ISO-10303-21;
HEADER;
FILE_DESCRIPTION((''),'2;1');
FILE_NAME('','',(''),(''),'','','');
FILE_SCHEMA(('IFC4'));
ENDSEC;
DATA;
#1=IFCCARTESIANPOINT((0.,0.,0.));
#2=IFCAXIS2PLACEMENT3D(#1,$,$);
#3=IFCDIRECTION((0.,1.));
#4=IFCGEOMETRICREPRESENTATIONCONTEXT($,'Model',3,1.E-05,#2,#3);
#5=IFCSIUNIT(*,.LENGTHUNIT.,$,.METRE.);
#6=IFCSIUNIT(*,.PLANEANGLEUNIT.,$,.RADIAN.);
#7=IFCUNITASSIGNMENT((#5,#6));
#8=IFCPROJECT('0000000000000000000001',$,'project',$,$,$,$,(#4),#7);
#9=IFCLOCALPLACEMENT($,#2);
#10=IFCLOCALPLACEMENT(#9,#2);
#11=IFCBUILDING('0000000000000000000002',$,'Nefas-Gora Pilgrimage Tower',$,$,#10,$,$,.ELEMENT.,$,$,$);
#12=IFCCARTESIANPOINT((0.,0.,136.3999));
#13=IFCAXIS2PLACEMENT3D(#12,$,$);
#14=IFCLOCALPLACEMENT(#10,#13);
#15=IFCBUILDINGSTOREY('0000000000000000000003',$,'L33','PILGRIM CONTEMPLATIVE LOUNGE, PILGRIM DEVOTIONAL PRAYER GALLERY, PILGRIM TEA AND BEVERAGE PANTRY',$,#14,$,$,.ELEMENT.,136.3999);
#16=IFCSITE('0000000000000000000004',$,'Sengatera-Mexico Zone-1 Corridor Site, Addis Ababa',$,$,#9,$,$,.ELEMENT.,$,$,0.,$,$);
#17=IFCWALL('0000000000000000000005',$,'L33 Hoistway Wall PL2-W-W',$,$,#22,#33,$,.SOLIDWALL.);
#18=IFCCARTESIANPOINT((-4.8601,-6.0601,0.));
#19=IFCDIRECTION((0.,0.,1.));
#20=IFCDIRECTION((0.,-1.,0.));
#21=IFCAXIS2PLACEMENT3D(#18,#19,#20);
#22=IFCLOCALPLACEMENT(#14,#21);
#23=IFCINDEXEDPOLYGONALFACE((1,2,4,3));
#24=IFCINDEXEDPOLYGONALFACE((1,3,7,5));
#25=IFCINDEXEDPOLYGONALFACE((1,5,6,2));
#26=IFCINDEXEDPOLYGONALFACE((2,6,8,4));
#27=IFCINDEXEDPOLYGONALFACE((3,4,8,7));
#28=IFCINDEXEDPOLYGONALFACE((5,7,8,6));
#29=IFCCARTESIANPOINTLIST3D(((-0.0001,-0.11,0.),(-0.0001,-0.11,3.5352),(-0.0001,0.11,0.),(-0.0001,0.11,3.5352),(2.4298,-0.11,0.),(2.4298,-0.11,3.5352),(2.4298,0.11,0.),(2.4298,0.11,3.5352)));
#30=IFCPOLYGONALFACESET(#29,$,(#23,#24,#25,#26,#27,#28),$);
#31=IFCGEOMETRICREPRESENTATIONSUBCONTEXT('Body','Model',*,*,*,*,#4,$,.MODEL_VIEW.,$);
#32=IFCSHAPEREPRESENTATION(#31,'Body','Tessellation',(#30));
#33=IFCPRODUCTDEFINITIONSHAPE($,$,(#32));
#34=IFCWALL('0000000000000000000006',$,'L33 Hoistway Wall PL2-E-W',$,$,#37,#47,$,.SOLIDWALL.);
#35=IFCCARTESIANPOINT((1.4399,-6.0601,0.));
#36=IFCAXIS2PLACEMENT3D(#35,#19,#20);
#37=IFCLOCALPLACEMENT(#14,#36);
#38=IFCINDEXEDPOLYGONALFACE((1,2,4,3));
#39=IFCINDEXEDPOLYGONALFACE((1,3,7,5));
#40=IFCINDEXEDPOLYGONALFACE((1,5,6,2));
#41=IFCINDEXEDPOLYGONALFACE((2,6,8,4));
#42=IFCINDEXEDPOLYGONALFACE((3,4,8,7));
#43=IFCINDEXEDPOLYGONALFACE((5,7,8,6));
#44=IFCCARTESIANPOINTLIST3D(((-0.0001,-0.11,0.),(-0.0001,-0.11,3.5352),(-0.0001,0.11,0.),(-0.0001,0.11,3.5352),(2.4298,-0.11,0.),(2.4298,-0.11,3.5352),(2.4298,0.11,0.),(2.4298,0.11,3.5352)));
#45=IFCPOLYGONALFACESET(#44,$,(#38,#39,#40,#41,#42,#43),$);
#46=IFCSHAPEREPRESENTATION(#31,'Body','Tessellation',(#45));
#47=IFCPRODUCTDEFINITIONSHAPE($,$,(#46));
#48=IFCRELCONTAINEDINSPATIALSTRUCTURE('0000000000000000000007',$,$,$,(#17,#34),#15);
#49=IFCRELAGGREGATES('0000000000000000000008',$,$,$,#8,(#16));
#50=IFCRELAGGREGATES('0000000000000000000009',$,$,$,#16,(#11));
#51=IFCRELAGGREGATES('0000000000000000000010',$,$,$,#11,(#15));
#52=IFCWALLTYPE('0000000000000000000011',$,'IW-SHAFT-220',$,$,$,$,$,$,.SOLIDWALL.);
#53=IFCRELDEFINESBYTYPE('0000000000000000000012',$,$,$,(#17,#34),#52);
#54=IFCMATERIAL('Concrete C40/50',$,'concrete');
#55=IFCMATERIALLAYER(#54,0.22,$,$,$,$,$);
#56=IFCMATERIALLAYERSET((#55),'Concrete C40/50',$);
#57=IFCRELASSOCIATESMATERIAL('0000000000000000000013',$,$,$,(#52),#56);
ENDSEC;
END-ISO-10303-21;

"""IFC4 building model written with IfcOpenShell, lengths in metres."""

from ifc_helpers import new_model, si_unit, direction, frame, frame_2d, origin, place, context, subcontext, project, spatial, rectangle, extrude, source, transform, mapped, material, layer, layer_set, type_object, element, save


model = new_model("IFC4")

# Units and contexts
model_context = context("Model", 3, precision=1e-05, world=origin(), true_north=direction((0.0, 1.0)))
body_context = subcontext(model_context, "Body", "Model", "MODEL_VIEW")
ifc_project = project(units=[si_unit("LENGTHUNIT", "METRE"), si_unit("PLANEANGLEUNIT", "RADIAN")], contexts=[model_context])

# Site, building, storey
site_placement = place(None, origin())
site = spatial("IfcSite", under=ifc_project, at=site_placement, Name="Sengatera-Mexico Zone-1 Corridor Site, Addis Ababa", CompositionType="ELEMENT", RefElevation=0.0)
building_placement = place(site_placement, origin())
building = spatial("IfcBuilding", under=site, at=building_placement, Name="Nefas-Gora Pilgrimage Tower", CompositionType="ELEMENT")
storey_placement = place(building_placement, frame((0.0, 0.0, 136.3999)))
storey = spatial("IfcBuildingStorey", under=building, at=storey_placement, Name="L33", Description="PILGRIM CONTEMPLATIVE LOUNGE, PILGRIM DEVOTIONAL PRAYER GALLERY, PILGRIM TEA AND BEVERAGE PANTRY", CompositionType="ELEMENT", Elevation=136.3999)

# Walls
ifc_material_1 = material(Name="Concrete C40/50", Category="concrete")
ifc_layer_1 = layer(ifc_material_1, 0.22)
ifc_layer_set_1 = layer_set([ifc_layer_1], Name="Concrete C40/50")
wall_type_1 = type_object("IfcWallType", Name="IW-SHAFT-220", PredefinedType="SOLIDWALL", material=ifc_layer_set_1)
shared_shape_1 = source(origin(), body_context, "Body", "SweptSolid", [
    extrude(rectangle(XDim=2.4299, YDim=0.22, at=frame_2d((1.2148, 0.0))), origin(), (0.0, 0.0, 1.0), 3.5352),
])
for number, where, z_axis, x_axis, name in (
    (1, (-4.8601, -6.0601, 0.0), (0.0, 0.0, 1.0), (0.0, -1.0, 0.0), "L33 Hoistway Wall PL2-W-W"),
    (2, (1.4399, -6.0601, 0.0), (0.0, 0.0, 1.0), (0.0, -1.0, 0.0), "L33 Hoistway Wall PL2-E-W"),
):
    element("IfcWall", number, at=place(storey_placement, frame(where, z_axis=z_axis, x_axis=x_axis)), inside=storey, type_object=wall_type_1, Name=name, PredefinedType="SOLIDWALL", context=body_context, shape_type="MappedRepresentation", body=[
        mapped(shared_shape_1, transform((0.0, 0.0, 0.0), x_axis=(1.0, 0.0, 0.0), y_axis=(0.0, 1.0, 0.0), z_axis=(0.0, 0.0, 1.0), scale=1.0)),
    ])

save(model, "model.ifc")
